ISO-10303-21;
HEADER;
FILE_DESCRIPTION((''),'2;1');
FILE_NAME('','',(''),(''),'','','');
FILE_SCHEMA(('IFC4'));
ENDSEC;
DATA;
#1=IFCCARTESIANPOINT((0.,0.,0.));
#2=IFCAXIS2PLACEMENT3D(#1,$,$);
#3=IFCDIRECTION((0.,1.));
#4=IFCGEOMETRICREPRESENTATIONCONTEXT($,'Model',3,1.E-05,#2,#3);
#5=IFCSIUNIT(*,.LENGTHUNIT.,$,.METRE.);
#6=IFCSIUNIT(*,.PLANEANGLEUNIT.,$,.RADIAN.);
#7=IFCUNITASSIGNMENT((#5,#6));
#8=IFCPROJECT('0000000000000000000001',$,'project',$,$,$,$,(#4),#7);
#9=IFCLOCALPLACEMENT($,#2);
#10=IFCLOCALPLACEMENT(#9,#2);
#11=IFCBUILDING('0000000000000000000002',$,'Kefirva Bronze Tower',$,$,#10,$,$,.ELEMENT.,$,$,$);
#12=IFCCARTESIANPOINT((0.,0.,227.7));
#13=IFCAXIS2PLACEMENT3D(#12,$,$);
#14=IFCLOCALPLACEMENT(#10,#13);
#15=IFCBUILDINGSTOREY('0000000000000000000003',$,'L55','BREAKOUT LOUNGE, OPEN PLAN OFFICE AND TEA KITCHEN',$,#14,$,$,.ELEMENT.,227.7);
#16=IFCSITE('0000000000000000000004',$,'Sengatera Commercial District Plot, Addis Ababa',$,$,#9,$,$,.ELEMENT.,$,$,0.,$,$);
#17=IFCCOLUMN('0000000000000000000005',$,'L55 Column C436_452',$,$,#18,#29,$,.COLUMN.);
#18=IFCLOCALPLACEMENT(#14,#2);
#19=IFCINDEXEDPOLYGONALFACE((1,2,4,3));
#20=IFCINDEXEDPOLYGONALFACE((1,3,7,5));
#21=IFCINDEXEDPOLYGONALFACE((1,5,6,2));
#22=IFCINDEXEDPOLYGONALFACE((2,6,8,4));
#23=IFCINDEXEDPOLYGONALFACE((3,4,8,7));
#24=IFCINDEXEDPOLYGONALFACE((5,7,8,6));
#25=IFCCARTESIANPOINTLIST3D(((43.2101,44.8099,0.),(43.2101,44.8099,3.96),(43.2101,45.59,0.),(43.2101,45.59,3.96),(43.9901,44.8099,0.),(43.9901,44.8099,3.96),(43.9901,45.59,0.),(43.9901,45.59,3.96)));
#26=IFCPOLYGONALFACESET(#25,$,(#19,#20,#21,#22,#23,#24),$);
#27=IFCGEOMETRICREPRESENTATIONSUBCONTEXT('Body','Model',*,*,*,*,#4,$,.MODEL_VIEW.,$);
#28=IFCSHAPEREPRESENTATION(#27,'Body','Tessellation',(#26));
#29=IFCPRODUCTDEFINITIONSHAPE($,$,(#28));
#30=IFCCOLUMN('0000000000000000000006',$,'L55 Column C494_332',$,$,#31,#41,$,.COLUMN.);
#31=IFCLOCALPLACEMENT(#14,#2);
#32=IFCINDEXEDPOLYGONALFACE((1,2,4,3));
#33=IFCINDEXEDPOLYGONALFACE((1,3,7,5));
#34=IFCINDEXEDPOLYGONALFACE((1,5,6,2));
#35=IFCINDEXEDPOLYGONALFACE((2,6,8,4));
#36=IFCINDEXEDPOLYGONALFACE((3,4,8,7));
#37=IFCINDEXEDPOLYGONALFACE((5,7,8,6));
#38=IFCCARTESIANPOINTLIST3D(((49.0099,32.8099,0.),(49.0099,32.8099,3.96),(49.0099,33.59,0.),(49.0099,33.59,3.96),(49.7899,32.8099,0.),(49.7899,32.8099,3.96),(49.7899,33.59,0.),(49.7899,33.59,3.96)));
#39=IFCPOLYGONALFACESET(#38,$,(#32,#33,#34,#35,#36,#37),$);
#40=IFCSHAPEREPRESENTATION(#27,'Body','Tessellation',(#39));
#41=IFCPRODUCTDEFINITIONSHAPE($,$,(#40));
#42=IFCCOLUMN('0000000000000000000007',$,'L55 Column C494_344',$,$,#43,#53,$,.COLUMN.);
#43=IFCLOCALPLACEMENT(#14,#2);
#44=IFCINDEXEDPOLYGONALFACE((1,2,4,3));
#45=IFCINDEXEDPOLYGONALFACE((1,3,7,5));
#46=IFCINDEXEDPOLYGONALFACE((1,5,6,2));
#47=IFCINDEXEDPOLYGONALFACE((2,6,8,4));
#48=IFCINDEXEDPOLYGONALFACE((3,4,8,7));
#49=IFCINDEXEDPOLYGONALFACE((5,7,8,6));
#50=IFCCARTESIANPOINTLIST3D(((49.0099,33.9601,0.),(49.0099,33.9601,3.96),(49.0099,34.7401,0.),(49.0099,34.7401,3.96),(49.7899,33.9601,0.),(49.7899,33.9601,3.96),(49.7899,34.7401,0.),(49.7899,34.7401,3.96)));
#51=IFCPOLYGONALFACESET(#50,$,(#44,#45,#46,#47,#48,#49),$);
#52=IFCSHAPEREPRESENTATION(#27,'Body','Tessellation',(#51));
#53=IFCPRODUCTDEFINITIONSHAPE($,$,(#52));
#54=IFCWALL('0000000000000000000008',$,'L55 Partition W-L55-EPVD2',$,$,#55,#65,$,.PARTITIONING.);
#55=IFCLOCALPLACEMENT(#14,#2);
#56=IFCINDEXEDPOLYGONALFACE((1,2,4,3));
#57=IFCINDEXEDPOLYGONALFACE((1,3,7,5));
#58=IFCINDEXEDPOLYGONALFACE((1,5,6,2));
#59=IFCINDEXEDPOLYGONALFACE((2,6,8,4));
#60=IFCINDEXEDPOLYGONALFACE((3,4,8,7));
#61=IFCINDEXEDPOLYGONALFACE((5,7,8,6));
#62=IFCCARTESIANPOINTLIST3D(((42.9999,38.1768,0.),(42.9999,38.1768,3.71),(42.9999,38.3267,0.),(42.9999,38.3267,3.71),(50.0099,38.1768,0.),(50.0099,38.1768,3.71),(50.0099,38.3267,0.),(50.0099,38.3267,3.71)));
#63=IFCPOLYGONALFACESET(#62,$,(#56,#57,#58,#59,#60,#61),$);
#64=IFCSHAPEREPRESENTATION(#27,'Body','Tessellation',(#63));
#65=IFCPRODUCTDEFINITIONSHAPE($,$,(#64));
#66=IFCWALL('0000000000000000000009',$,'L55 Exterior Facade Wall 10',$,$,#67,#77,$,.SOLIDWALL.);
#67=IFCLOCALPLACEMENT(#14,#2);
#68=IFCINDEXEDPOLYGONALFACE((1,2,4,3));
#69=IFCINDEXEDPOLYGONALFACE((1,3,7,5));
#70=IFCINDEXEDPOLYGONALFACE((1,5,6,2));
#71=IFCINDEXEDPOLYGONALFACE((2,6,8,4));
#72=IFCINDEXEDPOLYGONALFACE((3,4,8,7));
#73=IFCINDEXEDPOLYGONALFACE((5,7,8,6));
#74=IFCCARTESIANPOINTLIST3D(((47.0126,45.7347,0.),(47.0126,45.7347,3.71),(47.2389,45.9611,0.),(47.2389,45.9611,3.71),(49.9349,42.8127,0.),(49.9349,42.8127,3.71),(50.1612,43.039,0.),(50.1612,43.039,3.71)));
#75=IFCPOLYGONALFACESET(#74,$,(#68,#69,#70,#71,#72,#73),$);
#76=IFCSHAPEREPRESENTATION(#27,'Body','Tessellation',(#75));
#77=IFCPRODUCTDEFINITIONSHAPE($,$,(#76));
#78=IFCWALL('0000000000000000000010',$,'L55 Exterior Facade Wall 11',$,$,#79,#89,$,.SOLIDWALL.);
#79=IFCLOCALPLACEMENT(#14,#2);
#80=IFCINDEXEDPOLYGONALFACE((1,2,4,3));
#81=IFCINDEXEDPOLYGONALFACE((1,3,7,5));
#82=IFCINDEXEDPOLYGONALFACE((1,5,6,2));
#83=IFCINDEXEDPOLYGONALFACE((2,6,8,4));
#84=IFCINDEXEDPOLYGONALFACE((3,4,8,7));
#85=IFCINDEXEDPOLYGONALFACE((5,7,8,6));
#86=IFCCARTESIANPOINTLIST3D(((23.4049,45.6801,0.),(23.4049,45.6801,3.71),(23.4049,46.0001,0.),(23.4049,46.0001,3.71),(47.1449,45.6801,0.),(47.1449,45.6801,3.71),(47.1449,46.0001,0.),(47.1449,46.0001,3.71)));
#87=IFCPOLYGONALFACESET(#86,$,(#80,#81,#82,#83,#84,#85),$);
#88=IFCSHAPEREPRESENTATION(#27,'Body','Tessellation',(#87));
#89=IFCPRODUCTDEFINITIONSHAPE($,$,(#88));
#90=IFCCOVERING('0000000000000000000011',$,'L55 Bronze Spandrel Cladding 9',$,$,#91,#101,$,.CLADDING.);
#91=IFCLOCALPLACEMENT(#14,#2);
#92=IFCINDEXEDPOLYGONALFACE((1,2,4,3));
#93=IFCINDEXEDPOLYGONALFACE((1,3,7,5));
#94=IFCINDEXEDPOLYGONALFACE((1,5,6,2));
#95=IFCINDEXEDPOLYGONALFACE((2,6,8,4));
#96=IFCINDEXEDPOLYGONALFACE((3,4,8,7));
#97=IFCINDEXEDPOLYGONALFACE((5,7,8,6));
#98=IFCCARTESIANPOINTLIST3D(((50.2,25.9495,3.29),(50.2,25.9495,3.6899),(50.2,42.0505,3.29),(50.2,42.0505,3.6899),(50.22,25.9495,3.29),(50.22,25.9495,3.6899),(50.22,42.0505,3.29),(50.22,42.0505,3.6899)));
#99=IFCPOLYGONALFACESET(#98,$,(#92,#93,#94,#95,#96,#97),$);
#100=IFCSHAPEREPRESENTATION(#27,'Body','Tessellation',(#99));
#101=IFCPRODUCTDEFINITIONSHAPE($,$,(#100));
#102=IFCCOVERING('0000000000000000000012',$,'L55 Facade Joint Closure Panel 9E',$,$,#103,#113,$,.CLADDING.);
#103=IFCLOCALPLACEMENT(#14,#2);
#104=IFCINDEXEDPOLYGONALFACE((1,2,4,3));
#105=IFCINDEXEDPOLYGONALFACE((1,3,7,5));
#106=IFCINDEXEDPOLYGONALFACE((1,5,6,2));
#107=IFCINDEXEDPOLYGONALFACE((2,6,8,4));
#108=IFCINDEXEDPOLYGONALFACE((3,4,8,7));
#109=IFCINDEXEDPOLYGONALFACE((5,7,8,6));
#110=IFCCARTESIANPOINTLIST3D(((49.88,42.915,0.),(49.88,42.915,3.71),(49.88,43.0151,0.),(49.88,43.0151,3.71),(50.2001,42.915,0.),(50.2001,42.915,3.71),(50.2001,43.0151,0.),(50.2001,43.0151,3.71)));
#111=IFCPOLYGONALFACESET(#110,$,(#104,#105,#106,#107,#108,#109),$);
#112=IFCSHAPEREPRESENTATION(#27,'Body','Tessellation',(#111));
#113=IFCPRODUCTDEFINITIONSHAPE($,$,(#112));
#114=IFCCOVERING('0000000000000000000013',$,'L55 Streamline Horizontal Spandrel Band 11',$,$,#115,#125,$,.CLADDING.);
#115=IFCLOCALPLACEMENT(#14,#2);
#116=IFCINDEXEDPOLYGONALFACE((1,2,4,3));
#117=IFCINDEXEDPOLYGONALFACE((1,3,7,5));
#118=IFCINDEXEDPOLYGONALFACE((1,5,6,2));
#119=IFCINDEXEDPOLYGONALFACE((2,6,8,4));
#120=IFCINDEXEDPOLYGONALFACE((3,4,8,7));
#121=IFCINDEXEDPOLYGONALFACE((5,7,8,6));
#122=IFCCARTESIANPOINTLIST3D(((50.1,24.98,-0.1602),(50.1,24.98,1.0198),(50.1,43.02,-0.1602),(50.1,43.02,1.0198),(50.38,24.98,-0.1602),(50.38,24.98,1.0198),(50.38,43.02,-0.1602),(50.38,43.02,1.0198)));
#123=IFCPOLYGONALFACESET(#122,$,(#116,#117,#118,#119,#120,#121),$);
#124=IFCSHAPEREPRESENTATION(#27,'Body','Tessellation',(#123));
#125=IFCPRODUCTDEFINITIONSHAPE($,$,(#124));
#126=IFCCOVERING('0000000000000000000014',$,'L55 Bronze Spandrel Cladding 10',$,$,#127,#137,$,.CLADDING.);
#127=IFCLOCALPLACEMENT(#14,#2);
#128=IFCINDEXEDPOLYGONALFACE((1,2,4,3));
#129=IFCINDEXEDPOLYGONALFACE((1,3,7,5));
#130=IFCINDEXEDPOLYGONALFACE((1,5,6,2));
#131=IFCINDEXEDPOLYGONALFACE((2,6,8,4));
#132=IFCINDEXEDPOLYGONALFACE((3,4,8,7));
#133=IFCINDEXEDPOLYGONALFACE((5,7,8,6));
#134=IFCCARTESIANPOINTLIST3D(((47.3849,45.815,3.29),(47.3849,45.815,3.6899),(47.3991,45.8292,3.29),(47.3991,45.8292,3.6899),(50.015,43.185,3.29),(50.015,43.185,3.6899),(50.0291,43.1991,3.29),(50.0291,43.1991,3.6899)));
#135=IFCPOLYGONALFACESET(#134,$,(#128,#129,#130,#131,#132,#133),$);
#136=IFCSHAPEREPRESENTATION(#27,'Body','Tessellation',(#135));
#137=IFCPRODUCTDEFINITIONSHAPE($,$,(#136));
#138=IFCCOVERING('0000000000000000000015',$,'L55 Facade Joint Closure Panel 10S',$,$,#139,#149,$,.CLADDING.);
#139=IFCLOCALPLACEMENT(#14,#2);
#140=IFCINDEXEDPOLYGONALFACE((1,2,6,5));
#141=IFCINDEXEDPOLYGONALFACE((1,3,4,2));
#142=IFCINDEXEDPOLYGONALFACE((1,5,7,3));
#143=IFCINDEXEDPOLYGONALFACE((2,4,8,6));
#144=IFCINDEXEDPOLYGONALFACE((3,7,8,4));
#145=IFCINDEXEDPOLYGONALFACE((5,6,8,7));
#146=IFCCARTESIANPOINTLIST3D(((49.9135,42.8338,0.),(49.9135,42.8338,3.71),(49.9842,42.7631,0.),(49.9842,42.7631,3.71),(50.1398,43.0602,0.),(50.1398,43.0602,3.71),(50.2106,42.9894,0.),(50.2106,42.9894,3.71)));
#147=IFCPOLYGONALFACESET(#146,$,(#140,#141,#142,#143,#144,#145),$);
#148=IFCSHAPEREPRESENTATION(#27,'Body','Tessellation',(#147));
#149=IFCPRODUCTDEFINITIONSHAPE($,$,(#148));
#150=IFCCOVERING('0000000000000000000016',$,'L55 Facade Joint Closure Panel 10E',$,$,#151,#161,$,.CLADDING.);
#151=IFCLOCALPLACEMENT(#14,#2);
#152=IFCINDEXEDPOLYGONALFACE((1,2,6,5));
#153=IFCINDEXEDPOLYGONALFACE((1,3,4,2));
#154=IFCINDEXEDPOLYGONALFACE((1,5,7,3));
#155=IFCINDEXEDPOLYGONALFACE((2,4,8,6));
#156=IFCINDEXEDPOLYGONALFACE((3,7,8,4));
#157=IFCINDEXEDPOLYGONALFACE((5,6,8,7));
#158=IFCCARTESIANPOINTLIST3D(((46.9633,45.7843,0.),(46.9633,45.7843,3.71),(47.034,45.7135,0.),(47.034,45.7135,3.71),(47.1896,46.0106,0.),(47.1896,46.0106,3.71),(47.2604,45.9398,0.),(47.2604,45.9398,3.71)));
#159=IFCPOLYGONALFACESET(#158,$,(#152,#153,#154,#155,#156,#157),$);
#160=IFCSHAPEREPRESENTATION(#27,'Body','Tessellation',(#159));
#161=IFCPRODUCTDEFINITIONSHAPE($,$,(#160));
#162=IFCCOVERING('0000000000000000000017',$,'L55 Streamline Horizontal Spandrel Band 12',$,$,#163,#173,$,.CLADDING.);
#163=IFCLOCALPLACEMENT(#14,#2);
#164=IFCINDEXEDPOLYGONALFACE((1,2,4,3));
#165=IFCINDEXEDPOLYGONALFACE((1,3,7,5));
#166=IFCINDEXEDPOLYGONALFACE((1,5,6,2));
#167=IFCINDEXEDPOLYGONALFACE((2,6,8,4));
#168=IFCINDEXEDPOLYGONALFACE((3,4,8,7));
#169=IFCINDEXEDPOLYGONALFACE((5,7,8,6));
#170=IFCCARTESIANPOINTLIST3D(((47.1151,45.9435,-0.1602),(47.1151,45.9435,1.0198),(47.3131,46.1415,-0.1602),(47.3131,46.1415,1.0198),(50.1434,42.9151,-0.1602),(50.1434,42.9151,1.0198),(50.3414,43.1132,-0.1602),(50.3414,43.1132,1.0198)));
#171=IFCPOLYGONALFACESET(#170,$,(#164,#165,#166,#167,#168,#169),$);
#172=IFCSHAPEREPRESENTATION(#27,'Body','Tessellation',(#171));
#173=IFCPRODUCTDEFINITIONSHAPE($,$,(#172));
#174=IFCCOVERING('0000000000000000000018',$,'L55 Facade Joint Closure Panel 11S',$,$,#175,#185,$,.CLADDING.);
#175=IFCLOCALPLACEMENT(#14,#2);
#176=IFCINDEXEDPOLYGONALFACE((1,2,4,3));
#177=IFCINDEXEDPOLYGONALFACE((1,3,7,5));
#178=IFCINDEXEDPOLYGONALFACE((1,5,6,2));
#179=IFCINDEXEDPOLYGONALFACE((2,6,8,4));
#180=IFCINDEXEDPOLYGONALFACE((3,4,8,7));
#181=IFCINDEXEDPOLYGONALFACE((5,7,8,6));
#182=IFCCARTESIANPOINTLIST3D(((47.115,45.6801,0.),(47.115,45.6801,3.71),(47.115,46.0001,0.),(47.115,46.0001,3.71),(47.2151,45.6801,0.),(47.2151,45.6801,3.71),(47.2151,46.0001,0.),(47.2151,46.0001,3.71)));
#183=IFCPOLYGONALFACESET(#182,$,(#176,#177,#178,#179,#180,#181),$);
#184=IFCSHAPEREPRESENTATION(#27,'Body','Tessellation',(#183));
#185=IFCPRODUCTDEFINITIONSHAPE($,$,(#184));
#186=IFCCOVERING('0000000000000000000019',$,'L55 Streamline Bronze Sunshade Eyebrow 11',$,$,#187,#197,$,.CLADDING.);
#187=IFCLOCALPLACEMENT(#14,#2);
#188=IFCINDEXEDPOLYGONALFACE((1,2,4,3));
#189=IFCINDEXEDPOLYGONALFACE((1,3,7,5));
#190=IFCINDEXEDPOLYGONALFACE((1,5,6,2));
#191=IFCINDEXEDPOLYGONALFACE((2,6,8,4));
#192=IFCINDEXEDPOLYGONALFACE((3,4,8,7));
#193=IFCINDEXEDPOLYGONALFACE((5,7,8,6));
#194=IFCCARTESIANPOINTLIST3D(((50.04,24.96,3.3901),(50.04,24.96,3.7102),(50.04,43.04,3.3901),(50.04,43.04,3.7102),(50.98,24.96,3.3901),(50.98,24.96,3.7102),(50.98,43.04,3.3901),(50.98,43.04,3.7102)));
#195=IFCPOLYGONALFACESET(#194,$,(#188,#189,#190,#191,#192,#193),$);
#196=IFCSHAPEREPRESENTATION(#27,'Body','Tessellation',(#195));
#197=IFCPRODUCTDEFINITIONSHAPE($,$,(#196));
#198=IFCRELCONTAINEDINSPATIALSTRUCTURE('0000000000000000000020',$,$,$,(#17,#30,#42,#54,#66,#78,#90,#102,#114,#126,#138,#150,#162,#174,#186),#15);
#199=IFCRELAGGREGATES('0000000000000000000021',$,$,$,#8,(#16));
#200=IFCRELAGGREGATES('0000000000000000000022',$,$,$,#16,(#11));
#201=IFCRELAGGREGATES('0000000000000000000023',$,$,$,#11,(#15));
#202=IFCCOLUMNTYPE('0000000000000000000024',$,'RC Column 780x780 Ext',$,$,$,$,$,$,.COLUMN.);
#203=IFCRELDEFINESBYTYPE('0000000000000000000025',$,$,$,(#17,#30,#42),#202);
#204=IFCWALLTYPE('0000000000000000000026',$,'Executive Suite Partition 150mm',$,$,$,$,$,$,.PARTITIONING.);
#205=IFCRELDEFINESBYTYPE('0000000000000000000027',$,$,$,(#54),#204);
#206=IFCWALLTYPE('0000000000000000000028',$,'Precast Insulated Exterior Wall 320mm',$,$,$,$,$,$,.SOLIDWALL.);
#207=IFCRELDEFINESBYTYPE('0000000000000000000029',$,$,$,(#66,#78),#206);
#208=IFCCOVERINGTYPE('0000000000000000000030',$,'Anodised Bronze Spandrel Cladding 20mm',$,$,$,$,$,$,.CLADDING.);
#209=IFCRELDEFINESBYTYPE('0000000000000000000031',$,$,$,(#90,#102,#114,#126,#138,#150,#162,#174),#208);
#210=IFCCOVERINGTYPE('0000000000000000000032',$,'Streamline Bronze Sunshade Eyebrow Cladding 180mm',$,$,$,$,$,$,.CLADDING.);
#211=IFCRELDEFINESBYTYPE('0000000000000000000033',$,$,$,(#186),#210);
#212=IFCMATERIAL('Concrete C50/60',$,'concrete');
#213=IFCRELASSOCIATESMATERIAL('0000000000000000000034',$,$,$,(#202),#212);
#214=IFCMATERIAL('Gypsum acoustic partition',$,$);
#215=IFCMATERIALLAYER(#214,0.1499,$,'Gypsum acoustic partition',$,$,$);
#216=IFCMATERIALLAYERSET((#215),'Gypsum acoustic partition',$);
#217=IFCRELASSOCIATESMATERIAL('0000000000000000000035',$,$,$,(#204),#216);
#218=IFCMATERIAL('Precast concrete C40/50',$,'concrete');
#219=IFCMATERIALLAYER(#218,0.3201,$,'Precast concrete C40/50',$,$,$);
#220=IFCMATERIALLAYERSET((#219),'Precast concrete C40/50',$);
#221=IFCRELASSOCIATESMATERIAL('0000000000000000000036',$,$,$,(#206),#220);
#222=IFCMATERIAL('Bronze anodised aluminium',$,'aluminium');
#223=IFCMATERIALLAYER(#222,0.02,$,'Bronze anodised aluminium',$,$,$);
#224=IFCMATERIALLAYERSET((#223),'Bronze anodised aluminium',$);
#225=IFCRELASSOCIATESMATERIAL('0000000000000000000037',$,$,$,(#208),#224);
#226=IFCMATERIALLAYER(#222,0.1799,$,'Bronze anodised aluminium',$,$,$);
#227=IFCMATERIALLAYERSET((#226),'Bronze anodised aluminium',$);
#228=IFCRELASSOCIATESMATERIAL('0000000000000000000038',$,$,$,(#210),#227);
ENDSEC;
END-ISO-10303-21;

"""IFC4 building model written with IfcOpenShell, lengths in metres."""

from ifc_helpers import new_model, si_unit, direction, frame, frame_2d, origin, origin_2d, place, context, subcontext, project, spatial, rectangle, extrude, material, layer, layer_set, material_profile, profile_set, type_object, element, save


model = new_model("IFC4")

# Units and contexts
model_context = context("Model", 3, precision=1e-05, world=origin(), true_north=direction((0.0, 1.0)))
body_context = subcontext(model_context, "Body", "Model", "MODEL_VIEW")
ifc_project = project(units=[si_unit("LENGTHUNIT", "METRE"), si_unit("PLANEANGLEUNIT", "RADIAN")], contexts=[model_context])

# Site, building, storey
site_placement = place(None, origin())
site = spatial("IfcSite", under=ifc_project, at=site_placement, Name="Sengatera Commercial District Plot, Addis Ababa", CompositionType="ELEMENT", RefElevation=0.0)
building_placement = place(site_placement, origin())
building = spatial("IfcBuilding", under=site, at=building_placement, Name="Kefirva Bronze Tower", CompositionType="ELEMENT")
storey_placement = place(building_placement, frame((0.0, 0.0, 227.7)))
storey = spatial("IfcBuildingStorey", under=building, at=storey_placement, Name="L55", Description="BREAKOUT LOUNGE, OPEN PLAN OFFICE AND TEA KITCHEN", CompositionType="ELEMENT", Elevation=227.7)

# Columns
ifc_material_1 = material(Name="Concrete C50/60", Category="concrete")
ifc_material_profile = material_profile(ifc_material_1, rectangle(XDim=0.78, YDim=0.78, at=origin_2d()), Name="RC 780x780")
ifc_profile_set = profile_set([ifc_material_profile], Name="Concrete C50/60")
column_type = type_object("IfcColumnType", Name="RC Column 780x780 Ext", PredefinedType="COLUMN", material=ifc_profile_set)
for number, where, z_axis, x_axis, name in (
    (1, (43.6001, 45.2, 0.0), (0.0, 0.0, 1.0), (1.0, 0.0, 0.0), "L55 Column C436_452"),
    (2, (49.3999, 33.2, 0.0), (0.0, 0.0, 1.0), (1.0, 0.0, 0.0), "L55 Column C494_332"),
    (3, (49.3999, 34.3501, 0.0), (0.0, 0.0, 1.0), (1.0, 0.0, 0.0), "L55 Column C494_344"),
):
    element("IfcColumn", number, at=place(storey_placement, frame(where, z_axis=z_axis, x_axis=x_axis)), inside=storey, type_object=column_type, Name=name, PredefinedType="COLUMN", context=body_context, shape_type="SweptSolid", body=[
        extrude(rectangle(XDim=0.78, YDim=0.78, at=origin_2d()), origin(), (0.0, 0.0, 1.0), 3.96),
    ])

# Walls
ifc_material_2 = material(Name="Gypsum acoustic partition")
ifc_layer_1 = layer(ifc_material_2, 0.1499, Name="Gypsum acoustic partition")
ifc_layer_set_1 = layer_set([ifc_layer_1], Name="Gypsum acoustic partition")
wall_type_1 = type_object("IfcWallType", Name="Executive Suite Partition 150mm", PredefinedType="PARTITIONING", material=ifc_layer_set_1)
wall_1_placement = place(storey_placement, frame((43.0, 38.2517, 0.0), z_axis=(0.0, 0.0, 1.0), x_axis=(1.0, 0.0, 0.0)))
element("IfcWall", 4, at=wall_1_placement, inside=storey, type_object=wall_type_1, Name="L55 Partition W-L55-EPVD2", PredefinedType="PARTITIONING", context=body_context, shape_type="SweptSolid", body=[
    extrude(rectangle(XDim=7.01, YDim=0.1499, at=frame_2d((3.5049, 0.0))), origin(), (0.0, 0.0, 1.0), 3.71),
])
ifc_material_3 = material(Name="Precast concrete C40/50", Category="concrete")
ifc_layer_2 = layer(ifc_material_3, 0.3201, Name="Precast concrete C40/50")
ifc_layer_set_2 = layer_set([ifc_layer_2], Name="Precast concrete C40/50")
wall_type_2 = type_object("IfcWallType", Name="Precast Insulated Exterior Wall 320mm", PredefinedType="SOLIDWALL", material=ifc_layer_set_2)
wall_2_placement = place(storey_placement, frame((50.0481, 42.9258, 0.0), z_axis=(0.0, 0.0, 1.0), x_axis=(-0.707136, 0.707077, 0.0)))
element("IfcWall", 5, at=wall_2_placement, inside=storey, type_object=wall_type_2, Name="L55 Exterior Facade Wall 10", PredefinedType="SOLIDWALL", context=body_context, shape_type="SweptSolid", body=[
    extrude(rectangle(XDim=4.1326, YDim=0.3201, at=frame_2d((2.0664, 0.0))), origin(), (0.0, 0.0, 1.0), 3.71),
])
wall_3_placement = place(storey_placement, frame((47.145, 45.8401, 0.0), z_axis=(0.0, 0.0, 1.0), x_axis=(-1.0, 0.0, 0.0)))
element("IfcWall", 6, at=wall_3_placement, inside=storey, type_object=wall_type_2, Name="L55 Exterior Facade Wall 11", PredefinedType="SOLIDWALL", context=body_context, shape_type="SweptSolid", body=[
    extrude(rectangle(XDim=23.74, YDim=0.3201, at=frame_2d((11.8701, 0.0))), origin(), (0.0, 0.0, 1.0), 3.71),
])

# Coverings
ifc_material_4 = material(Name="Bronze anodised aluminium", Category="aluminium")
ifc_layer_3 = layer(ifc_material_4, 0.02, Name="Bronze anodised aluminium")
ifc_layer_set_3 = layer_set([ifc_layer_3], Name="Bronze anodised aluminium")
covering_type_1 = type_object("IfcCoveringType", Name="Anodised Bronze Spandrel Cladding 20mm", PredefinedType="CLADDING", material=ifc_layer_set_3)
covering_1_placement = place(storey_placement, frame((50.21, 34.0, 3.29), z_axis=(0.0, 0.0, 1.0), x_axis=(0.0, 1.0, 0.0)))
element("IfcCovering", 7, at=covering_1_placement, inside=storey, type_object=covering_type_1, Name="L55 Bronze Spandrel Cladding 9", PredefinedType="CLADDING", context=body_context, shape_type="SweptSolid", body=[
    extrude(rectangle(XDim=16.1011, YDim=0.02, at=origin_2d()), origin(), (0.0, 0.0, 1.0), 0.3999),
])
covering_2_placement = place(storey_placement, frame((50.04, 42.9651, 0.0), z_axis=(0.0, 0.0, 1.0), x_axis=(0.0, 1.0, 0.0)))
element("IfcCovering", 8, at=covering_2_placement, inside=storey, type_object=covering_type_1, Name="L55 Facade Joint Closure Panel 9E", PredefinedType="CLADDING", context=body_context, shape_type="SweptSolid", body=[
    extrude(rectangle(XDim=0.1001, YDim=0.3201, at=origin_2d()), origin(), (0.0, 0.0, 1.0), 3.71),
])
covering_3_placement = place(storey_placement, frame((50.24, 34.0, -0.1602), z_axis=(0.0, 0.0, 1.0), x_axis=(0.0, 1.0, 0.0)))
element("IfcCovering", 9, at=covering_3_placement, inside=storey, type_object=covering_type_1, Name="L55 Streamline Horizontal Spandrel Band 11", PredefinedType="CLADDING", context=body_context, shape_type="SweptSolid", body=[
    extrude(rectangle(XDim=18.04, YDim=0.28, at=origin_2d()), origin(), (0.0, 0.0, 1.0), 1.1799),
])
covering_4_placement = place(storey_placement, frame((48.707, 44.5071, 3.29), z_axis=(0.0, 0.0, 1.0), x_axis=(-0.707107, 0.707107, 0.0)))
element("IfcCovering", 10, at=covering_4_placement, inside=storey, type_object=covering_type_1, Name="L55 Bronze Spandrel Cladding 10", PredefinedType="CLADDING", context=body_context, shape_type="SweptSolid", body=[
    extrude(rectangle(XDim=3.7195, YDim=0.02, at=origin_2d()), origin(), (0.0, 0.0, 1.0), 0.3999),
])
for number, where, z_axis, x_axis, name in (
    (11, (50.062, 42.9116, 0.0), (0.0, 0.0, 1.0), (-0.707107, 0.707107, 0.0), "L55 Facade Joint Closure Panel 10S"),
    (12, (47.1118, 45.8621, 0.0), (0.0, 0.0, 1.0), (-0.707107, 0.707107, 0.0), "L55 Facade Joint Closure Panel 10E"),
):
    element("IfcCovering", number, at=place(storey_placement, frame(where, z_axis=z_axis, x_axis=x_axis)), inside=storey, type_object=covering_type_1, Name=name, PredefinedType="CLADDING", context=body_context, shape_type="SweptSolid", body=[
        extrude(rectangle(XDim=0.1001, YDim=0.3201, at=origin_2d()), origin(), (0.0, 0.0, 1.0), 3.71),
    ])
covering_5_placement = place(storey_placement, frame((48.7283, 44.5283, -0.1602), z_axis=(0.0, 0.0, 1.0), x_axis=(-0.707107, 0.707107, 0.0)))
element("IfcCovering", 13, at=covering_5_placement, inside=storey, type_object=covering_type_1, Name="L55 Streamline Horizontal Spandrel Band 12", PredefinedType="CLADDING", context=body_context, shape_type="SweptSolid", body=[
    extrude(rectangle(XDim=4.2827, YDim=0.28, at=origin_2d()), origin(), (0.0, 0.0, 1.0), 1.1799),
])
covering_6_placement = place(storey_placement, frame((47.165, 45.8401, 0.0), z_axis=(0.0, 0.0, 1.0), x_axis=(-1.0, 0.0, 0.0)))
element("IfcCovering", 14, at=covering_6_placement, inside=storey, type_object=covering_type_1, Name="L55 Facade Joint Closure Panel 11S", PredefinedType="CLADDING", context=body_context, shape_type="SweptSolid", body=[
    extrude(rectangle(XDim=0.1001, YDim=0.3201, at=origin_2d()), origin(), (0.0, 0.0, 1.0), 3.71),
])
ifc_layer_4 = layer(ifc_material_4, 0.1799, Name="Bronze anodised aluminium")
ifc_layer_set_4 = layer_set([ifc_layer_4], Name="Bronze anodised aluminium")
covering_type_2 = type_object("IfcCoveringType", Name="Streamline Bronze Sunshade Eyebrow Cladding 180mm", PredefinedType="CLADDING", material=ifc_layer_set_4)
covering_7_placement = place(storey_placement, frame((50.51, 34.0, 3.3901), z_axis=(0.0, 0.0, 1.0), x_axis=(0.0, 1.0, 0.0)))
element("IfcCovering", 15, at=covering_7_placement, inside=storey, type_object=covering_type_2, Name="L55 Streamline Bronze Sunshade Eyebrow 11", PredefinedType="CLADDING", context=body_context, shape_type="SweptSolid", body=[
    extrude(rectangle(XDim=18.0801, YDim=0.9399, at=origin_2d()), origin(), (0.0, 0.0, 1.0), 0.3201),
])

save(model, "model.ifc")
